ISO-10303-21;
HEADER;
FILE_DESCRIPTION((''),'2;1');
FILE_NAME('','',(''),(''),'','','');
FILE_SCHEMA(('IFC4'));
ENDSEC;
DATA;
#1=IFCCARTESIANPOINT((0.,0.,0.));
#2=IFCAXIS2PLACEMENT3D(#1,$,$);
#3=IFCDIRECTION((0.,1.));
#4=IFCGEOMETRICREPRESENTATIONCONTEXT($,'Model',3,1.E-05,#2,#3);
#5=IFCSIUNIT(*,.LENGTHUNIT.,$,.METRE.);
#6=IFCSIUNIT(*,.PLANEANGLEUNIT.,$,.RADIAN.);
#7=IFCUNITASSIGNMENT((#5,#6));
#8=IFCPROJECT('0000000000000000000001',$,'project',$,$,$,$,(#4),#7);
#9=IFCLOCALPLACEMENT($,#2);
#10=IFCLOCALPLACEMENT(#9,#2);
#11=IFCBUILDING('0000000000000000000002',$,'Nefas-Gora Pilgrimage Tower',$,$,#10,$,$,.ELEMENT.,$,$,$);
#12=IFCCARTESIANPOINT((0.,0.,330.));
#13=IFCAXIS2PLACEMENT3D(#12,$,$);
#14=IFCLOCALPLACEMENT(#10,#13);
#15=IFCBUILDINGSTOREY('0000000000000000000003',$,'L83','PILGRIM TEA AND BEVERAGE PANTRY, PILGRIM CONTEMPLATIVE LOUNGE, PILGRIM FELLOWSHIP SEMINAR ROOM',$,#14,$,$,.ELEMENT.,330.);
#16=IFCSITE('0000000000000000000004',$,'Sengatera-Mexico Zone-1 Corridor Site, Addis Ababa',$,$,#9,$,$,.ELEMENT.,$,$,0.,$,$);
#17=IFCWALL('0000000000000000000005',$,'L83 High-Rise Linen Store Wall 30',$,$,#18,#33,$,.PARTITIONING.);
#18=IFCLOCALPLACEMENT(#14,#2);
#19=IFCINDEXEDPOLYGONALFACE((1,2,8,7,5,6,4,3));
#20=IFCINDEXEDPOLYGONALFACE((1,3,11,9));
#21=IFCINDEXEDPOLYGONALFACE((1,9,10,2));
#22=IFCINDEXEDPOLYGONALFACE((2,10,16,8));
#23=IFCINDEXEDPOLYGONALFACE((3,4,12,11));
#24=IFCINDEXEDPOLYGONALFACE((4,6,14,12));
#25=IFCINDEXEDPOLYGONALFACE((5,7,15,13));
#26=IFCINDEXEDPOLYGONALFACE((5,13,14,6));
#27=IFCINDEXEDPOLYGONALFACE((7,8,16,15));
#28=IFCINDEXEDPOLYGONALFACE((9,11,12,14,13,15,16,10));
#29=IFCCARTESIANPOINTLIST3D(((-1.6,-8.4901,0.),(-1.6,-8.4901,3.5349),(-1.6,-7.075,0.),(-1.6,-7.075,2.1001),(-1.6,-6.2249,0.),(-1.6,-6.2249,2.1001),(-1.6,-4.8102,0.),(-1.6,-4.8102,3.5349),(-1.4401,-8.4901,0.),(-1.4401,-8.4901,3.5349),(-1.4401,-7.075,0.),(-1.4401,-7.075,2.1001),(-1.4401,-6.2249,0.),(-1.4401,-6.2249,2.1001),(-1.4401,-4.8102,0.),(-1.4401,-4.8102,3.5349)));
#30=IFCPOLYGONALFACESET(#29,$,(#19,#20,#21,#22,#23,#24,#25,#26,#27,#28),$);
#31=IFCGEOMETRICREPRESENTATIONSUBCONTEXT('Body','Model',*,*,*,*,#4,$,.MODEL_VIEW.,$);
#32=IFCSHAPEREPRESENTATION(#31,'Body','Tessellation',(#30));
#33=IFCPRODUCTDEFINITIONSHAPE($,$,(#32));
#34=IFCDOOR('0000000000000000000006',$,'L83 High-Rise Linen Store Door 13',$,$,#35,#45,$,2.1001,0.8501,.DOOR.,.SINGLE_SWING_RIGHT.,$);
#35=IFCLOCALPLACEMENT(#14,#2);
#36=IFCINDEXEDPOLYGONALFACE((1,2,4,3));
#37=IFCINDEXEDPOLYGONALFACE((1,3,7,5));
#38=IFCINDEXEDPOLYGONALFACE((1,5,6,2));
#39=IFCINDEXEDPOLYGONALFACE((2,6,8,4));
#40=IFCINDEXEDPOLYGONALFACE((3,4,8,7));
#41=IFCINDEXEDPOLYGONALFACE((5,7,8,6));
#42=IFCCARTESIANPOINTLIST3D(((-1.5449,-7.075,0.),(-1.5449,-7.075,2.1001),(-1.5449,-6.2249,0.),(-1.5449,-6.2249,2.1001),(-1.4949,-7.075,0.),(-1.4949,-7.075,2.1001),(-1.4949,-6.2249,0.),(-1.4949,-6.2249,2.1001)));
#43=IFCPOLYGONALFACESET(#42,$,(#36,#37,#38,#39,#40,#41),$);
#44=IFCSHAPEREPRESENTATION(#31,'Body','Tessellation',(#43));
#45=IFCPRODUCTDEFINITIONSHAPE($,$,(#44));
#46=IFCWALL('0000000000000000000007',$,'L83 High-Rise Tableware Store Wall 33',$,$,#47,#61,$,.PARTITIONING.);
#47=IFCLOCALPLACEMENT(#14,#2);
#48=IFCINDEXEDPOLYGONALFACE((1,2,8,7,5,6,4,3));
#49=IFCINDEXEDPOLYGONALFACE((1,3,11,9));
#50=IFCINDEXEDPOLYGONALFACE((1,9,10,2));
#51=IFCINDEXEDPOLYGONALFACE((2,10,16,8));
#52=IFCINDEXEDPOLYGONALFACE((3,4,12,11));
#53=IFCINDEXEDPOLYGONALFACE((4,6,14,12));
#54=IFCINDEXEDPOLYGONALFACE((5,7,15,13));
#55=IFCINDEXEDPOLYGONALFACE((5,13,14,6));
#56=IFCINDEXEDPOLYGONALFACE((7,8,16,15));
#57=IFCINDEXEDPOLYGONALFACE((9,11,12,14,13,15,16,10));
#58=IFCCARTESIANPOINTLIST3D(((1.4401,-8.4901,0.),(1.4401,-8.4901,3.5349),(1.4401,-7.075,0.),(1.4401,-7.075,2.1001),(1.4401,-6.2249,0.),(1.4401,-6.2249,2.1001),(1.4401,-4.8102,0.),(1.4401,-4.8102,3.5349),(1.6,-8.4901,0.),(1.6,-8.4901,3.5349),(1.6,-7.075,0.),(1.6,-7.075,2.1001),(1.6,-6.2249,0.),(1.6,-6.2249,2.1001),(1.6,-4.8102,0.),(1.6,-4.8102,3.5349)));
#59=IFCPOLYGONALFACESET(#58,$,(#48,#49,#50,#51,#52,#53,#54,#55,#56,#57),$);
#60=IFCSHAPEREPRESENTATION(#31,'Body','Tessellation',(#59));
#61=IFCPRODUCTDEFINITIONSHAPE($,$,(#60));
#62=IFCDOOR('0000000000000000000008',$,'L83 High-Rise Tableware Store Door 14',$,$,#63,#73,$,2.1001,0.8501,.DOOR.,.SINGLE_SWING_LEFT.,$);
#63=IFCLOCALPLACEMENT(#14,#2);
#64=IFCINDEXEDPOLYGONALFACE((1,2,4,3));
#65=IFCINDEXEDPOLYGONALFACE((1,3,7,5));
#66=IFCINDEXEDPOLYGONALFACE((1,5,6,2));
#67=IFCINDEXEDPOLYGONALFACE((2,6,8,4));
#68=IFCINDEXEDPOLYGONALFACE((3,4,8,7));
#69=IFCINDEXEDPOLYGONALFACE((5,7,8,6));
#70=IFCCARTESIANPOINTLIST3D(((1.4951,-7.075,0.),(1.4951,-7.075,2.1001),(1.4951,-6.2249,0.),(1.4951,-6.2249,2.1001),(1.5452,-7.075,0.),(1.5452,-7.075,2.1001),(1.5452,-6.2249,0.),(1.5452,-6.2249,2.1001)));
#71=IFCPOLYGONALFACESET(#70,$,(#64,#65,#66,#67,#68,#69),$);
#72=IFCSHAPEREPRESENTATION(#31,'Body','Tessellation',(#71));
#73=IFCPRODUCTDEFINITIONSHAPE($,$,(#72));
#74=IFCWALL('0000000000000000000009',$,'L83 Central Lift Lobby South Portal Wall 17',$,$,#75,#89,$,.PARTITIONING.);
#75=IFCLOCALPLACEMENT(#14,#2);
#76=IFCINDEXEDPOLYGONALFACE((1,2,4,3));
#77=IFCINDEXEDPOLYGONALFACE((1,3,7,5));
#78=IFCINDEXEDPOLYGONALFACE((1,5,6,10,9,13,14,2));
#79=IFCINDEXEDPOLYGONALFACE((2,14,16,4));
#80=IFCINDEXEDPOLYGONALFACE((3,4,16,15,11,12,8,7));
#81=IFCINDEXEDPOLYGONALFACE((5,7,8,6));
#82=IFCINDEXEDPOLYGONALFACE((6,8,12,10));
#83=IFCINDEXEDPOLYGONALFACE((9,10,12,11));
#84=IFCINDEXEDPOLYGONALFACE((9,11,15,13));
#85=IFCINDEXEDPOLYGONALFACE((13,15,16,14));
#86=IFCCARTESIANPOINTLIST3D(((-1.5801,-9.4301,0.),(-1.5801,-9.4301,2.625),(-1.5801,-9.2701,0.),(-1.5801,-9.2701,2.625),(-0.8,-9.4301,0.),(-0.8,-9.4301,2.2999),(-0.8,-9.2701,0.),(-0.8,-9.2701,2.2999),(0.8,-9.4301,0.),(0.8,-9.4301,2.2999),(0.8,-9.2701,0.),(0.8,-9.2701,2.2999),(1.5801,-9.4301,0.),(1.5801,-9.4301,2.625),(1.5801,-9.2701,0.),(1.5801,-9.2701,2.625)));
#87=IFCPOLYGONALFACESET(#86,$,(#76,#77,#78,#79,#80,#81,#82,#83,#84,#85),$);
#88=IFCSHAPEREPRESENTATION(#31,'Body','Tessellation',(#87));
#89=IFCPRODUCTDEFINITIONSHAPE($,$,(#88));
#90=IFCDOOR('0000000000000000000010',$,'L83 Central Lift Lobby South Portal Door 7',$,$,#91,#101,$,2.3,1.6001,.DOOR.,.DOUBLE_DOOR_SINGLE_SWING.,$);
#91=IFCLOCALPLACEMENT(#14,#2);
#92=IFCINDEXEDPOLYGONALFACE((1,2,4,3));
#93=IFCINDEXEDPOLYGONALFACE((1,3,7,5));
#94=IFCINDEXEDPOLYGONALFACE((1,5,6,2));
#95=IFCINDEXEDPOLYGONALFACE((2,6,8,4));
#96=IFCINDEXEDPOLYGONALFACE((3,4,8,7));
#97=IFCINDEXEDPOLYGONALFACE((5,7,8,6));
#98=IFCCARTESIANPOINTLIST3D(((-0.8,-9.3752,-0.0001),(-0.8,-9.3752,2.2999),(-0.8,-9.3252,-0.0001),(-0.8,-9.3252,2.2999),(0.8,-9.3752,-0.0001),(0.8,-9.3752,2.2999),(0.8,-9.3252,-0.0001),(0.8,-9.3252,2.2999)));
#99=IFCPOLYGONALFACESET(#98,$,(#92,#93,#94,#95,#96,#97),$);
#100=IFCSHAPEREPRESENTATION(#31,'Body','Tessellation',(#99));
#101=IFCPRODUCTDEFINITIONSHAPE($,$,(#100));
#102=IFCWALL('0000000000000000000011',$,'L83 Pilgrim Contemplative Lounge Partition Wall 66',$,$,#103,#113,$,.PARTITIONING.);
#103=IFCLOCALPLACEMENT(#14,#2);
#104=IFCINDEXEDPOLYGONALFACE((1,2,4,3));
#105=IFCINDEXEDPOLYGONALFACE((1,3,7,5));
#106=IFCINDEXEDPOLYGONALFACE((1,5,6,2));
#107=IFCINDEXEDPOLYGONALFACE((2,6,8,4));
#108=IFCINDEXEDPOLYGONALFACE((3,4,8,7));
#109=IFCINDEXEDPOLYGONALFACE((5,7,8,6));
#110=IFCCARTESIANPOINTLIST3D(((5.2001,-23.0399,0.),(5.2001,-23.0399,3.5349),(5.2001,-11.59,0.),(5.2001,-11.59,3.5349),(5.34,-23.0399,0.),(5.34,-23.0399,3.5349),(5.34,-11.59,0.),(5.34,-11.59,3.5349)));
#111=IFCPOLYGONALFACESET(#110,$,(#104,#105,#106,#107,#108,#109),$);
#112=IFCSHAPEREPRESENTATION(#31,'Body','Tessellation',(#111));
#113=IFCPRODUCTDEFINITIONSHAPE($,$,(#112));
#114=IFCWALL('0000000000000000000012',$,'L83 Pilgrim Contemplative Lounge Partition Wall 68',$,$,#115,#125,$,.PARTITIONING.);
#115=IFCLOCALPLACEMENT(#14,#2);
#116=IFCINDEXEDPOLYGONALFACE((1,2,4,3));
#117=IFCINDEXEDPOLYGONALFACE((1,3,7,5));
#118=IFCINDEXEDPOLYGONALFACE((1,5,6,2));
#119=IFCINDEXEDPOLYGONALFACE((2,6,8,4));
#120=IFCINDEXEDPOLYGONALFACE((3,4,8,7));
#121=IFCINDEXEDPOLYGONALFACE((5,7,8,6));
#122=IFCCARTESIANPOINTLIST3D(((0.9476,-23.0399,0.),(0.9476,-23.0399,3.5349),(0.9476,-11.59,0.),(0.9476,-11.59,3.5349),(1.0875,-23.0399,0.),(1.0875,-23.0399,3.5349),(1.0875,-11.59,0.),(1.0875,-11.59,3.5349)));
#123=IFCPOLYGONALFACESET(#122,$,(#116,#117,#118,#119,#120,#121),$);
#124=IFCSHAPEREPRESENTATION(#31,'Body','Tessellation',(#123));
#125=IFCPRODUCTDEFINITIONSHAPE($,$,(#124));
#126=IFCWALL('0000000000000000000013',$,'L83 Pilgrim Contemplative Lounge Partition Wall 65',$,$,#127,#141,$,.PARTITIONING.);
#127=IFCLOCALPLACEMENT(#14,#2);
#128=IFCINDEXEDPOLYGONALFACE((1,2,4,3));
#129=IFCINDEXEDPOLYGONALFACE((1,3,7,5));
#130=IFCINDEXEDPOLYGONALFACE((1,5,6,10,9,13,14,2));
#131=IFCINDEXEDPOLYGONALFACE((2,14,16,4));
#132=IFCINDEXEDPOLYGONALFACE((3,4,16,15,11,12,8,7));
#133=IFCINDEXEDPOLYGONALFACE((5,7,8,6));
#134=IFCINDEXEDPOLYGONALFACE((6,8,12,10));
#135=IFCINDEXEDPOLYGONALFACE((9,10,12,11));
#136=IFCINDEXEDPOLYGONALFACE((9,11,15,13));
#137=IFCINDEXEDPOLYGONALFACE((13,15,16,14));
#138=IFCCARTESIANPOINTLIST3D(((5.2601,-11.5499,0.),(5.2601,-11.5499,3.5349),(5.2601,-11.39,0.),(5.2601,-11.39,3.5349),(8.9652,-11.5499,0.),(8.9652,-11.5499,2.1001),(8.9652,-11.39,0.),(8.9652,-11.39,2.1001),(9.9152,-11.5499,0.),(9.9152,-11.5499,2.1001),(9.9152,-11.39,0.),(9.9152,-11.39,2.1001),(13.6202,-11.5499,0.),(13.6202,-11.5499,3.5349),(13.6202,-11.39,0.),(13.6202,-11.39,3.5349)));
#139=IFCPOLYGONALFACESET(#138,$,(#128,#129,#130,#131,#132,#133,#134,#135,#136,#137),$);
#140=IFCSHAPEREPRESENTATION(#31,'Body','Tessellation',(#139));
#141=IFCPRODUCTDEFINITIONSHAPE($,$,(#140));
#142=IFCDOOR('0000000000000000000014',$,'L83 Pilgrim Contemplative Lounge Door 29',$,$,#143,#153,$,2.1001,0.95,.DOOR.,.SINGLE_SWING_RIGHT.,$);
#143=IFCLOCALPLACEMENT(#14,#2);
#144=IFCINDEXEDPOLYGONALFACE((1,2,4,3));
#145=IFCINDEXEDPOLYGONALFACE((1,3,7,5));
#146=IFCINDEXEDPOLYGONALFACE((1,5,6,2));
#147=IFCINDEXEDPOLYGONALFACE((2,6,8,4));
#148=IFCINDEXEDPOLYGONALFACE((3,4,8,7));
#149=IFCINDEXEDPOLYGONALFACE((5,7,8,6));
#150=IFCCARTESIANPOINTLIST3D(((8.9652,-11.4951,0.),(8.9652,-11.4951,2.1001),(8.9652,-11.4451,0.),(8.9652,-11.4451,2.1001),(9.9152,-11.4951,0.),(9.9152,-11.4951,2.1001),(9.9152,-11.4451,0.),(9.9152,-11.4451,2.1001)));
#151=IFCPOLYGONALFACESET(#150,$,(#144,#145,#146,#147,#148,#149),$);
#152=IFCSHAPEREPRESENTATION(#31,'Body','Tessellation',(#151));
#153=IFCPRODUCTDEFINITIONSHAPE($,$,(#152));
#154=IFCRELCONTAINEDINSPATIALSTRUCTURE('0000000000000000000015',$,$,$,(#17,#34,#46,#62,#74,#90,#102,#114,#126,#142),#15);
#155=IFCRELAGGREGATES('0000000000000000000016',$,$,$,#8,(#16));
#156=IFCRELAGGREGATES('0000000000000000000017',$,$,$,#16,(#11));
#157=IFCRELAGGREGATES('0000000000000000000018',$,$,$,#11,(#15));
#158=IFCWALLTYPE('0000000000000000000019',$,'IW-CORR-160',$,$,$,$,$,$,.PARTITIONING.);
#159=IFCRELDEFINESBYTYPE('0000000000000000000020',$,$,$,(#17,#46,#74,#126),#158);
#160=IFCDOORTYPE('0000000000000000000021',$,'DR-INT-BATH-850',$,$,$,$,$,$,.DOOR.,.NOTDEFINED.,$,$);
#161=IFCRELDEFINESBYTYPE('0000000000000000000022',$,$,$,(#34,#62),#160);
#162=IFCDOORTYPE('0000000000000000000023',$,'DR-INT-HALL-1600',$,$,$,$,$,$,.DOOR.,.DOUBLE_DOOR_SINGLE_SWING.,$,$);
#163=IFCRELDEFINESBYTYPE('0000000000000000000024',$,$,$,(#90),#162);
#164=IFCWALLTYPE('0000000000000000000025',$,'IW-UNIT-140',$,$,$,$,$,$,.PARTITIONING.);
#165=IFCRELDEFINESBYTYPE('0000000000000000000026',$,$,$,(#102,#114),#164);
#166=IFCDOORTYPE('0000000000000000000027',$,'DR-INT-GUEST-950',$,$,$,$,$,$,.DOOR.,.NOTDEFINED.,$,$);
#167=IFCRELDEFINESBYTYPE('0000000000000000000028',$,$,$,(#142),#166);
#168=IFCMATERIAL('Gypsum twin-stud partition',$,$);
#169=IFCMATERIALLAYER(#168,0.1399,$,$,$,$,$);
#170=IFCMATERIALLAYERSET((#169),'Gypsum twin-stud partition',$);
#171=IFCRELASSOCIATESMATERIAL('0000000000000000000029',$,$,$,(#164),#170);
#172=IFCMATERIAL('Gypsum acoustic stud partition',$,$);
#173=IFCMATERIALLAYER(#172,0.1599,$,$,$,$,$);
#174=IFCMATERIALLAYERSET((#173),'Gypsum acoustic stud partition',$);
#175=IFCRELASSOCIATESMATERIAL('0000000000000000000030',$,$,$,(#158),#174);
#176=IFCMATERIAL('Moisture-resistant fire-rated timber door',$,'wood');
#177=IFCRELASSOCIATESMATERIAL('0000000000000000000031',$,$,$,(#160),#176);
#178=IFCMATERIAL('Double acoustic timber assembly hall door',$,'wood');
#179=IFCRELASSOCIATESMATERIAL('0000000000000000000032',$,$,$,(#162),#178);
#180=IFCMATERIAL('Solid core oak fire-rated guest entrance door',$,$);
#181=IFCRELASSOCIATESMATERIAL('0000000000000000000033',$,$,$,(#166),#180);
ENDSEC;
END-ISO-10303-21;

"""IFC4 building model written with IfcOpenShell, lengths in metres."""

from ifc_helpers import new_model, si_unit, direction, frame, frame_2d, origin, place, context, subcontext, project, spatial, rectangle, extrude, source, transform, mapped, material, layer, layer_set, type_object, element, fill, save


model = new_model("IFC4")

# Units and contexts
model_context = context("Model", 3, precision=1e-05, world=origin(), true_north=direction((0.0, 1.0)))
body_context = subcontext(model_context, "Body", "Model", "MODEL_VIEW")
ifc_project = project(units=[si_unit("LENGTHUNIT", "METRE"), si_unit("PLANEANGLEUNIT", "RADIAN")], contexts=[model_context])

# Site, building, storey
site_placement = place(None, origin())
site = spatial("IfcSite", under=ifc_project, at=site_placement, Name="Sengatera-Mexico Zone-1 Corridor Site, Addis Ababa", CompositionType="ELEMENT", RefElevation=0.0)
building_placement = place(site_placement, origin())
building = spatial("IfcBuilding", under=site, at=building_placement, Name="Nefas-Gora Pilgrimage Tower", CompositionType="ELEMENT")
storey_placement = place(building_placement, frame((0.0, 0.0, 330.0)))
storey = spatial("IfcBuildingStorey", under=building, at=storey_placement, Name="L83", Description="PILGRIM TEA AND BEVERAGE PANTRY, PILGRIM CONTEMPLATIVE LOUNGE, PILGRIM FELLOWSHIP SEMINAR ROOM", CompositionType="ELEMENT", Elevation=330.0)

# Shared definitions
ifc_material_1 = material(Name="Gypsum twin-stud partition")
ifc_layer_1 = layer(ifc_material_1, 0.1399)
ifc_layer_set_1 = layer_set([ifc_layer_1], Name="Gypsum twin-stud partition")
wall_type_1 = type_object("IfcWallType", Name="IW-UNIT-140", PredefinedType="PARTITIONING", material=ifc_layer_set_1)

# Walls, openings, doors
ifc_material_2 = material(Name="Gypsum acoustic stud partition")
ifc_layer_2 = layer(ifc_material_2, 0.1599)
ifc_layer_set_2 = layer_set([ifc_layer_2], Name="Gypsum acoustic stud partition")
wall_type_2 = type_object("IfcWallType", Name="IW-CORR-160", PredefinedType="PARTITIONING", material=ifc_layer_set_2)
shared_shape_1 = source(origin(), body_context, "Body", "SweptSolid", [
    extrude(rectangle(XDim=3.6799, YDim=0.1599, at=frame_2d((1.8398, 0.0))), origin(), (0.0, 0.0, 1.0), 3.5349),
])
wall_1_placement = place(storey_placement, frame((-1.52, -8.49, 0.0), z_axis=(0.0, 0.0, 1.0), x_axis=(0.0, 1.0, 0.0)))
wall_1 = element("IfcWall", 1, at=wall_1_placement, inside=storey, type_object=wall_type_2, Name="L83 High-Rise Linen Store Wall 30", PredefinedType="PARTITIONING", context=body_context, shape_type="MappedRepresentation", body=[
    mapped(shared_shape_1, transform((0.0, 0.0, 0.0), x_axis=(1.0, 0.0, 0.0), y_axis=(0.0, 1.0, 0.0), z_axis=(0.0, 0.0, 1.0), scale=1.0)),
])
opening_1_placement = place(wall_1_placement, frame((1.415, 0.0, 0.0)))
opening_1 = element("IfcOpeningElement", 2, at=opening_1_placement, cuts=wall_1, PredefinedType="OPENING", context=body_context, shape_type="SweptSolid", body=[
    extrude(rectangle(XDim=0.8501, YDim=2.1001, at=frame_2d((0.425, 1.05))), frame((0.0, 0.0898, 0.0), z_axis=(0.0, -1.0, 0.0), x_axis=(1.0, 0.0, 0.0)), (0.0, 0.0, 1.0), 0.1799),
])
ifc_material_3 = material(Name="Moisture-resistant fire-rated timber door", Category="wood")
door_type_1 = type_object("IfcDoorType", Name="DR-INT-BATH-850", OperationType="NOTDEFINED", PredefinedType="DOOR", material=ifc_material_3)
shared_shape_2 = source(origin(), body_context, "Body", "SweptSolid", [
    extrude(rectangle(XDim=0.8501, YDim=2.1001, at=frame_2d((0.425, 1.05))), frame((0.0, 0.0249, 0.0), z_axis=(0.0, -1.0, 0.0), x_axis=(1.0, 0.0, 0.0)), (0.0, 0.0, 1.0), 0.05),
])
door_1_placement = place(opening_1_placement, origin())
door_1 = element("IfcDoor", 3, at=door_1_placement, inside=storey, type_object=door_type_1, Name="L83 High-Rise Linen Store Door 13", OperationType="SINGLE_SWING_RIGHT", OverallHeight=2.1001, OverallWidth=0.8501, PredefinedType="DOOR", context=body_context, shape_type="MappedRepresentation", body=[
    mapped(shared_shape_2, transform((0.0, 0.0, 0.0), x_axis=(1.0, 0.0, 0.0), y_axis=(0.0, 1.0, 0.0), z_axis=(0.0, 0.0, 1.0), scale=1.0)),
])
fill(opening_1, door_1)
wall_2_placement = place(storey_placement, frame((1.52, -8.49, 0.0), z_axis=(0.0, 0.0, 1.0), x_axis=(0.0, 1.0, 0.0)))
wall_2 = element("IfcWall", 4, at=wall_2_placement, inside=storey, type_object=wall_type_2, Name="L83 High-Rise Tableware Store Wall 33", PredefinedType="PARTITIONING", context=body_context, shape_type="MappedRepresentation", body=[
    mapped(shared_shape_1, transform((0.0, 0.0, 0.0), x_axis=(1.0, 0.0, 0.0), y_axis=(0.0, 1.0, 0.0), z_axis=(0.0, 0.0, 1.0), scale=1.0)),
])
opening_2_placement = place(wall_2_placement, frame((1.415, 0.0, 0.0)))
opening_2 = element("IfcOpeningElement", 5, at=opening_2_placement, cuts=wall_2, PredefinedType="OPENING", context=body_context, shape_type="SweptSolid", body=[
    extrude(rectangle(XDim=0.8501, YDim=2.1001, at=frame_2d((0.425, 1.05))), frame((0.0, 0.0898, 0.0), z_axis=(0.0, -1.0, 0.0), x_axis=(1.0, 0.0, 0.0)), (0.0, 0.0, 1.0), 0.1799),
])
door_2_placement = place(opening_2_placement, origin())
door_2 = element("IfcDoor", 6, at=door_2_placement, inside=storey, type_object=door_type_1, Name="L83 High-Rise Tableware Store Door 14", OperationType="SINGLE_SWING_LEFT", OverallHeight=2.1001, OverallWidth=0.8501, PredefinedType="DOOR", context=body_context, shape_type="MappedRepresentation", body=[
    mapped(shared_shape_2, transform((0.0, 0.0, 0.0), x_axis=(1.0, 0.0, 0.0), y_axis=(0.0, 1.0, 0.0), z_axis=(0.0, 0.0, 1.0), scale=1.0)),
])
fill(opening_2, door_2)
shared_shape_3 = source(origin(), body_context, "Body", "SweptSolid", [
    extrude(rectangle(XDim=3.1602, YDim=0.1599, at=frame_2d((1.5801, 0.0))), origin(), (0.0, 0.0, 1.0), 2.625),
])
wall_3_placement = place(storey_placement, frame((-1.5801, -9.3501, 0.0), z_axis=(0.0, 0.0, 1.0), x_axis=(1.0, 0.0, 0.0)))
wall_3 = element("IfcWall", 7, at=wall_3_placement, inside=storey, type_object=wall_type_2, Name="L83 Central Lift Lobby South Portal Wall 17", PredefinedType="PARTITIONING", context=body_context, shape_type="MappedRepresentation", body=[
    mapped(shared_shape_3, transform((0.0, 0.0, 0.0), x_axis=(1.0, 0.0, 0.0), y_axis=(0.0, 1.0, 0.0), z_axis=(0.0, 0.0, 1.0), scale=1.0)),
])
opening_3_placement = place(wall_3_placement, frame((0.78, 0.0, 0.0)))
opening_3 = element("IfcOpeningElement", 8, at=opening_3_placement, cuts=wall_3, PredefinedType="OPENING", context=body_context, shape_type="SweptSolid", body=[
    extrude(rectangle(XDim=1.6001, YDim=2.3, at=frame_2d((0.8, 1.1499))), frame((0.0, 0.0898, 0.0), z_axis=(0.0, -1.0, 0.0), x_axis=(1.0, 0.0, 0.0)), (0.0, 0.0, 1.0), 0.1799),
])
ifc_material_4 = material(Name="Double acoustic timber assembly hall door", Category="wood")
door_type_2 = type_object("IfcDoorType", Name="DR-INT-HALL-1600", OperationType="DOUBLE_DOOR_SINGLE_SWING", PredefinedType="DOOR", material=ifc_material_4)
shared_shape_4 = source(origin(), body_context, "Body", "SweptSolid", [
    extrude(rectangle(XDim=1.6001, YDim=2.3, at=frame_2d((0.8, 1.1499))), frame((0.0, 0.0249, 0.0), z_axis=(0.0, -1.0, 0.0), x_axis=(1.0, 0.0, 0.0)), (0.0, 0.0, 1.0), 0.05),
])
door_3_placement = place(opening_3_placement, origin())
door_3 = element("IfcDoor", 9, at=door_3_placement, inside=storey, type_object=door_type_2, Name="L83 Central Lift Lobby South Portal Door 7", OperationType="DOUBLE_DOOR_SINGLE_SWING", OverallHeight=2.3, OverallWidth=1.6001, PredefinedType="DOOR", context=body_context, shape_type="MappedRepresentation", body=[
    mapped(shared_shape_4, transform((0.0, 0.0, 0.0), x_axis=(1.0, 0.0, 0.0), y_axis=(0.0, 1.0, 0.0), z_axis=(0.0, 0.0, 1.0), scale=1.0)),
])
fill(opening_3, door_3)

# Walls
shared_shape_5 = source(origin(), body_context, "Body", "SweptSolid", [
    extrude(rectangle(XDim=11.45, YDim=0.1399, at=frame_2d((5.7251, 0.0))), origin(), (0.0, 0.0, 1.0), 3.5349),
])
for number, where, z_axis, x_axis, name in (
    (10, (5.27, -23.04, 0.0), (0.0, 0.0, 1.0), (0.0, 1.0, 0.0), "L83 Pilgrim Contemplative Lounge Partition Wall 66"),
    (11, (1.0176, -23.04, 0.0), (0.0, 0.0, 1.0), (0.0, 1.0, 0.0), "L83 Pilgrim Contemplative Lounge Partition Wall 68"),
):
    element("IfcWall", number, at=place(storey_placement, frame(where, z_axis=z_axis, x_axis=x_axis)), inside=storey, type_object=wall_type_1, Name=name, PredefinedType="PARTITIONING", context=body_context, shape_type="MappedRepresentation", body=[
        mapped(shared_shape_5, transform((0.0, 0.0, 0.0), x_axis=(1.0, 0.0, 0.0), y_axis=(0.0, 1.0, 0.0), z_axis=(0.0, 0.0, 1.0), scale=1.0)),
    ])

# Wall, opening, door
shared_shape_6 = source(origin(), body_context, "Body", "SweptSolid", [
    extrude(rectangle(XDim=8.3601, YDim=0.1599, at=frame_2d((4.1802, 0.0))), origin(), (0.0, 0.0, 1.0), 3.5349),
])
wall_4_placement = place(storey_placement, frame((5.26, -11.47, 0.0), z_axis=(0.0, 0.0, 1.0), x_axis=(1.0, 0.0, 0.0)))
wall_4 = element("IfcWall", 12, at=wall_4_placement, inside=storey, type_object=wall_type_2, Name="L83 Pilgrim Contemplative Lounge Partition Wall 65", PredefinedType="PARTITIONING", context=body_context, shape_type="MappedRepresentation", body=[
    mapped(shared_shape_6, transform((0.0, 0.0, 0.0), x_axis=(1.0, 0.0, 0.0), y_axis=(0.0, 1.0, 0.0), z_axis=(0.0, 0.0, 1.0), scale=1.0)),
])
opening_4_placement = place(wall_4_placement, frame((3.7051, 0.0, 0.0)))
opening_4 = element("IfcOpeningElement", 13, at=opening_4_placement, cuts=wall_4, PredefinedType="OPENING", context=body_context, shape_type="SweptSolid", body=[
    extrude(rectangle(XDim=0.95, YDim=2.1001, at=frame_2d((0.4751, 1.05))), frame((0.0, 0.0898, 0.0), z_axis=(0.0, -1.0, 0.0), x_axis=(1.0, 0.0, 0.0)), (0.0, 0.0, 1.0), 0.1799),
])
ifc_material_5 = material(Name="Solid core oak fire-rated guest entrance door")
door_type_3 = type_object("IfcDoorType", Name="DR-INT-GUEST-950", OperationType="NOTDEFINED", PredefinedType="DOOR", material=ifc_material_5)
shared_shape_7 = source(origin(), body_context, "Body", "SweptSolid", [
    extrude(rectangle(XDim=0.95, YDim=2.1001, at=frame_2d((0.4751, 1.05))), frame((0.0, 0.0249, 0.0), z_axis=(0.0, -1.0, 0.0), x_axis=(1.0, 0.0, 0.0)), (0.0, 0.0, 1.0), 0.05),
])
door_4_placement = place(opening_4_placement, origin())
door_4 = element("IfcDoor", 14, at=door_4_placement, inside=storey, type_object=door_type_3, Name="L83 Pilgrim Contemplative Lounge Door 29", OperationType="SINGLE_SWING_RIGHT", OverallHeight=2.1001, OverallWidth=0.95, PredefinedType="DOOR", context=body_context, shape_type="MappedRepresentation", body=[
    mapped(shared_shape_7, transform((0.0, 0.0, 0.0), x_axis=(1.0, 0.0, 0.0), y_axis=(0.0, 1.0, 0.0), z_axis=(0.0, 0.0, 1.0), scale=1.0)),
])
fill(opening_4, door_4)

save(model, "model.ifc")
